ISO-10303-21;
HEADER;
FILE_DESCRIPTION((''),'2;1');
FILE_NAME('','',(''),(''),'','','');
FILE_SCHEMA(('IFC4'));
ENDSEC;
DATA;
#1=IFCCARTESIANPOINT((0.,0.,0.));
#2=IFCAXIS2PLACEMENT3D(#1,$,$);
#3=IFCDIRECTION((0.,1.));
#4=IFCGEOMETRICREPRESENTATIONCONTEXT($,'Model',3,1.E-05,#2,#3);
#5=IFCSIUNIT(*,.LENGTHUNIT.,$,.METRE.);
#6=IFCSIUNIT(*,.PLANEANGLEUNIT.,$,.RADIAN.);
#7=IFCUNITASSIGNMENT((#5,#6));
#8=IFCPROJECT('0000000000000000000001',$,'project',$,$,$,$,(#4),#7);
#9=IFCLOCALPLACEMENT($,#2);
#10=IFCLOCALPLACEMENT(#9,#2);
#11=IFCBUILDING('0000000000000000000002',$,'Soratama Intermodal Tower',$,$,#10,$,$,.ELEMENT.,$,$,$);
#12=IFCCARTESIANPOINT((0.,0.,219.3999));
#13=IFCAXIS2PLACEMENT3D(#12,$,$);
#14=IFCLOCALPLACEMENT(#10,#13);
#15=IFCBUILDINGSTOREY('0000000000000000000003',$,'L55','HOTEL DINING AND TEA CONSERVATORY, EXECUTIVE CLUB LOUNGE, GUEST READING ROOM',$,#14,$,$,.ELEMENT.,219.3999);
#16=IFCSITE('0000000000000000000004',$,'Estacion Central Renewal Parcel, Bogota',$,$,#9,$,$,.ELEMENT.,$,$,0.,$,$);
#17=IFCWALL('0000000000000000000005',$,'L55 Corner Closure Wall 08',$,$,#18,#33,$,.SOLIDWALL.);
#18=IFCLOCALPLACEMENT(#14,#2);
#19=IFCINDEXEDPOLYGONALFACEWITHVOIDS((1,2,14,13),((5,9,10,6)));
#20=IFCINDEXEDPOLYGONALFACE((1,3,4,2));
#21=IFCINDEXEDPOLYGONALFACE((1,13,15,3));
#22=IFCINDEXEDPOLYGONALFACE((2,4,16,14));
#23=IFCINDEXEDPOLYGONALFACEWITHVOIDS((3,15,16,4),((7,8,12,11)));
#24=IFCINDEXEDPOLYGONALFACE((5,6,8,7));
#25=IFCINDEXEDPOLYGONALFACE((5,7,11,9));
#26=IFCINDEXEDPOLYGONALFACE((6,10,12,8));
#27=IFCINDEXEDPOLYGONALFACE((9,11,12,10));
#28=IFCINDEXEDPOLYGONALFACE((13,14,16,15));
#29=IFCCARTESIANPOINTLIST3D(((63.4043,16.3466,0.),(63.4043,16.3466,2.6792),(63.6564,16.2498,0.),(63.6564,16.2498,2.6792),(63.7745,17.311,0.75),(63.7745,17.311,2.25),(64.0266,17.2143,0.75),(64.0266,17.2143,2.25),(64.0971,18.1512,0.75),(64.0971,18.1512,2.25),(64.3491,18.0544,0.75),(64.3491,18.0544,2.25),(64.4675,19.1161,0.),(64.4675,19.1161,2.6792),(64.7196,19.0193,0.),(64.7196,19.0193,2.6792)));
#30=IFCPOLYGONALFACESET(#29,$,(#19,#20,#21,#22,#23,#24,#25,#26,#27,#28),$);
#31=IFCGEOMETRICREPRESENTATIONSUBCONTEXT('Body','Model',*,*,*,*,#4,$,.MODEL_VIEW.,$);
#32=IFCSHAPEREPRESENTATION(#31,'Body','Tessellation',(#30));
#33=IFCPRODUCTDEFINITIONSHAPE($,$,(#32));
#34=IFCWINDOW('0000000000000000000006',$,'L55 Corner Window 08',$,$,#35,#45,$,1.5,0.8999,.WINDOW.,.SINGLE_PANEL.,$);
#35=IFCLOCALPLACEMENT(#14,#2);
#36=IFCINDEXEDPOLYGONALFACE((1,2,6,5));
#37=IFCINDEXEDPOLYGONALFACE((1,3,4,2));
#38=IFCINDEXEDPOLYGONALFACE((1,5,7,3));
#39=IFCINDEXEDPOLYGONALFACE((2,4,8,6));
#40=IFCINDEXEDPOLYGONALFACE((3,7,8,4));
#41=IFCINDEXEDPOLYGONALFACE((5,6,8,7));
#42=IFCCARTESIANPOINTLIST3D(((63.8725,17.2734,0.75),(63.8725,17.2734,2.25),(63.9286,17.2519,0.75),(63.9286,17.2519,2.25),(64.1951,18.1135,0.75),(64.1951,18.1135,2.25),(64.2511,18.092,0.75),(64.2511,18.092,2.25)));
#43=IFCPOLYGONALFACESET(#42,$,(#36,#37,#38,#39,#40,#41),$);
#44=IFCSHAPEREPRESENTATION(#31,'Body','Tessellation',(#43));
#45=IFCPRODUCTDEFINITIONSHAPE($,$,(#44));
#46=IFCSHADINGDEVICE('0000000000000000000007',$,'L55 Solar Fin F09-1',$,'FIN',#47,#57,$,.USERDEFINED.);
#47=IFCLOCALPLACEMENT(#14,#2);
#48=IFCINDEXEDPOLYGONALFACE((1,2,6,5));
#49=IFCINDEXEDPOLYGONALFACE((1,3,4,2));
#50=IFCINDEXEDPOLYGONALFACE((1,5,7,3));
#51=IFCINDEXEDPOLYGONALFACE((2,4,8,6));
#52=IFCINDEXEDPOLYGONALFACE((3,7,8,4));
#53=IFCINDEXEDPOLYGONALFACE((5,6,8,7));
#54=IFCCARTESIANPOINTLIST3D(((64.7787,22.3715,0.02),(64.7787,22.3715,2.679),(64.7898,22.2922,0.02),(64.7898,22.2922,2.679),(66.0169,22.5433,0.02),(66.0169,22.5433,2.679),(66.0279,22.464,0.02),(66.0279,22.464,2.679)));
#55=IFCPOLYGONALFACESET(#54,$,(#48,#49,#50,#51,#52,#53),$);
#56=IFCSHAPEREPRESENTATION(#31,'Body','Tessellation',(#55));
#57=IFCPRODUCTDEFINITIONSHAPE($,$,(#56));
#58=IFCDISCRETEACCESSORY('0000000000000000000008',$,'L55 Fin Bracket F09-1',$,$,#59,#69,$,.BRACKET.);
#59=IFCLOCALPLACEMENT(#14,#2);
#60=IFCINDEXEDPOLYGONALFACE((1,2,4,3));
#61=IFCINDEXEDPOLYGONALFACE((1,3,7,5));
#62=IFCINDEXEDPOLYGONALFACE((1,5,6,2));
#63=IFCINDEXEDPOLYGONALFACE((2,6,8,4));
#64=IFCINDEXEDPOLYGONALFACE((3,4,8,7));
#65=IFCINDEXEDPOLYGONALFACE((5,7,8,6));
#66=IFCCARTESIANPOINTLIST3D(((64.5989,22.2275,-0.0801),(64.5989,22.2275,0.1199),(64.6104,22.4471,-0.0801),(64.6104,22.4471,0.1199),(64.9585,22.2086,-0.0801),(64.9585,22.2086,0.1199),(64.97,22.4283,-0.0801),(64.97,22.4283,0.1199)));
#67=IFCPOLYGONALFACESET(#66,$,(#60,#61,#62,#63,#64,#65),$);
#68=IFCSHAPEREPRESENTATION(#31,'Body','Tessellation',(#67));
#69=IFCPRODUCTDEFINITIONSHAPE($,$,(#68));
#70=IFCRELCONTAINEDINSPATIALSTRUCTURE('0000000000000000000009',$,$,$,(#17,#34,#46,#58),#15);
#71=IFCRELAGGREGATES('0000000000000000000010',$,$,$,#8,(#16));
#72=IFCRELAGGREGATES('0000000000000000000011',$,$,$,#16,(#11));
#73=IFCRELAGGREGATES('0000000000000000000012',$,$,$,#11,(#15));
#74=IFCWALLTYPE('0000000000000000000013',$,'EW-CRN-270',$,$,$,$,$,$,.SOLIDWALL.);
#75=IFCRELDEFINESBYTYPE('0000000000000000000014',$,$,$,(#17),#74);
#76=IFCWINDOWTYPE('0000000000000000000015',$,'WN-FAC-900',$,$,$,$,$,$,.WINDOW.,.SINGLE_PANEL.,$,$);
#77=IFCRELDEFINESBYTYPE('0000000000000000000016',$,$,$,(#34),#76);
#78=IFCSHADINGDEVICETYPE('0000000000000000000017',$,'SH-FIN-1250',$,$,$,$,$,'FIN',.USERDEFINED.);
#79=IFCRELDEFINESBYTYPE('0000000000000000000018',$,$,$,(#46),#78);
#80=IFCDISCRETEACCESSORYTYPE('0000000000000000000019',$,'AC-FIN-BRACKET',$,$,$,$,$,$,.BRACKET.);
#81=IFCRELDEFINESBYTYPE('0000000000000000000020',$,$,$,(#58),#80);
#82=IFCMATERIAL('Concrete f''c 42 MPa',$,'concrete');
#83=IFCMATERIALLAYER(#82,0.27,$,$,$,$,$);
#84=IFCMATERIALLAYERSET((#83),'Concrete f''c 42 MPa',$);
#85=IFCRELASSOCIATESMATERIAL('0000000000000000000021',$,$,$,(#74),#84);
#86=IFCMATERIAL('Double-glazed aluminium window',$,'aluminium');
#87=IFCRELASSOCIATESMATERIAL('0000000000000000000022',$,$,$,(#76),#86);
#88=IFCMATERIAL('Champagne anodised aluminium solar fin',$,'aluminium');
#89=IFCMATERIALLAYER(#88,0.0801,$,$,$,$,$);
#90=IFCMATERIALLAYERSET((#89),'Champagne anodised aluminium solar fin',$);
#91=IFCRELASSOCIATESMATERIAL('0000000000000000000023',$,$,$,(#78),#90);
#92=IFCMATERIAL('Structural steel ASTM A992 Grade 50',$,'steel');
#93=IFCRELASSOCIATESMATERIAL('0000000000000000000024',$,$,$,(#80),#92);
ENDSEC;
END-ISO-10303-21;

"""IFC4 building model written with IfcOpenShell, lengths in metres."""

from ifc_helpers import new_model, si_unit, direction, frame, frame_2d, origin, origin_2d, place, context, subcontext, project, spatial, rectangle, extrude, material, layer, layer_set, type_object, element, fill, save


model = new_model("IFC4")

# Units and contexts
model_context = context("Model", 3, precision=1e-05, world=origin(), true_north=direction((0.0, 1.0)))
body_context = subcontext(model_context, "Body", "Model", "MODEL_VIEW")
ifc_project = project(units=[si_unit("LENGTHUNIT", "METRE"), si_unit("PLANEANGLEUNIT", "RADIAN")], contexts=[model_context])

# Site, building, storey
site_placement = place(None, origin())
site = spatial("IfcSite", under=ifc_project, at=site_placement, Name="Estacion Central Renewal Parcel, Bogota", CompositionType="ELEMENT", RefElevation=0.0)
building_placement = place(site_placement, origin())
building = spatial("IfcBuilding", under=site, at=building_placement, Name="Soratama Intermodal Tower", CompositionType="ELEMENT")
storey_placement = place(building_placement, frame((0.0, 0.0, 219.3999)))
storey = spatial("IfcBuildingStorey", under=building, at=storey_placement, Name="L55", Description="HOTEL DINING AND TEA CONSERVATORY, EXECUTIVE CLUB LOUNGE, GUEST READING ROOM", CompositionType="ELEMENT", Elevation=219.3999)

# Wall, opening, window
ifc_material_1 = material(Name="Concrete f'c 42 MPa", Category="concrete")
ifc_layer_1 = layer(ifc_material_1, 0.27)
ifc_layer_set_1 = layer_set([ifc_layer_1], Name="Concrete f'c 42 MPa")
wall_type = type_object("IfcWallType", Name="EW-CRN-270", PredefinedType="SOLIDWALL", material=ifc_layer_set_1)
wall_placement = place(storey_placement, frame((63.5303, 16.2981, 0.0), z_axis=(0.0, 0.0, 1.0), x_axis=(0.3584, 0.933568, 0.0)))
wall = element("IfcWall", 1, at=wall_placement, inside=storey, type_object=wall_type, Name="L55 Corner Closure Wall 08", PredefinedType="SOLIDWALL", context=body_context, shape_type="SweptSolid", body=[
    extrude(rectangle(XDim=2.9666, YDim=0.27, at=frame_2d((1.4834, 0.0))), origin(), (0.0, 0.0, 1.0), 2.6792),
])
opening_placement = place(wall_placement, frame((1.0332, 0.0, 0.75)))
opening = element("IfcOpeningElement", 2, at=opening_placement, cuts=wall, PredefinedType="OPENING", context=body_context, shape_type="SweptSolid", body=[
    extrude(rectangle(XDim=0.8999, YDim=1.5, at=frame_2d((0.45, 0.75))), frame((0.0, 0.145, 0.0), z_axis=(0.0, -1.0, 0.0), x_axis=(1.0, 0.0, 0.0)), (0.0, 0.0, 1.0), 0.29),
])
ifc_material_2 = material(Name="Double-glazed aluminium window", Category="aluminium")
window_type = type_object("IfcWindowType", Name="WN-FAC-900", PartitioningType="SINGLE_PANEL", PredefinedType="WINDOW", material=ifc_material_2)
window_placement = place(opening_placement, origin())
window = element("IfcWindow", 3, at=window_placement, inside=storey, type_object=window_type, Name="L55 Corner Window 08", OverallHeight=1.5, OverallWidth=0.8999, PartitioningType="SINGLE_PANEL", PredefinedType="WINDOW", context=body_context, shape_type="SweptSolid", body=[
    extrude(rectangle(XDim=0.8999, YDim=1.5, at=frame_2d((0.45, 0.75))), frame((0.0, 0.03, 0.0), z_axis=(0.0, -1.0, 0.0), x_axis=(1.0, 0.0, 0.0)), (0.0, 0.0, 1.0), 0.0601),
])
fill(opening, window)

# Shading device
ifc_material_3 = material(Name="Champagne anodised aluminium solar fin", Category="aluminium")
ifc_layer_2 = layer(ifc_material_3, 0.0801)
ifc_layer_set_2 = layer_set([ifc_layer_2], Name="Champagne anodised aluminium solar fin")
shading_device_type = type_object("IfcShadingDeviceType", Name="SH-FIN-1250", ElementType="FIN", PredefinedType="USERDEFINED", material=ifc_layer_set_2)
shading_device_placement = place(storey_placement, frame((65.4033, 22.4177, 0.02), z_axis=(0.0, 0.0, 1.0), x_axis=(0.990509, 0.137445, 0.0)))
element("IfcShadingDevice", 4, at=shading_device_placement, inside=storey, type_object=shading_device_type, Name="L55 Solar Fin F09-1", ObjectType="FIN", PredefinedType="USERDEFINED", context=body_context, shape_type="SweptSolid", body=[
    extrude(rectangle(XDim=1.25, YDim=0.0801, at=origin_2d()), origin(), (0.0, 0.0, 1.0), 2.6589),
])

# Discrete accessory
ifc_material_4 = material(Name="Structural steel ASTM A992 Grade 50", Category="steel")
discrete_accessory_type = type_object("IfcDiscreteAccessoryType", Name="AC-FIN-BRACKET", PredefinedType="BRACKET", material=ifc_material_4)
discrete_accessory_placement = place(storey_placement, frame((64.7844, 22.3279, -0.0801), z_axis=(0.0, 0.0, 1.0), x_axis=(0.99863, -0.052336, 0.0)))
element("IfcDiscreteAccessory", 5, at=discrete_accessory_placement, inside=storey, type_object=discrete_accessory_type, Name="L55 Fin Bracket F09-1", PredefinedType="BRACKET", context=body_context, shape_type="SweptSolid", body=[
    extrude(rectangle(XDim=0.3601, YDim=0.22, at=origin_2d()), origin(), (0.0, 0.0, 1.0), 0.2),
])

save(model, "model.ifc")
